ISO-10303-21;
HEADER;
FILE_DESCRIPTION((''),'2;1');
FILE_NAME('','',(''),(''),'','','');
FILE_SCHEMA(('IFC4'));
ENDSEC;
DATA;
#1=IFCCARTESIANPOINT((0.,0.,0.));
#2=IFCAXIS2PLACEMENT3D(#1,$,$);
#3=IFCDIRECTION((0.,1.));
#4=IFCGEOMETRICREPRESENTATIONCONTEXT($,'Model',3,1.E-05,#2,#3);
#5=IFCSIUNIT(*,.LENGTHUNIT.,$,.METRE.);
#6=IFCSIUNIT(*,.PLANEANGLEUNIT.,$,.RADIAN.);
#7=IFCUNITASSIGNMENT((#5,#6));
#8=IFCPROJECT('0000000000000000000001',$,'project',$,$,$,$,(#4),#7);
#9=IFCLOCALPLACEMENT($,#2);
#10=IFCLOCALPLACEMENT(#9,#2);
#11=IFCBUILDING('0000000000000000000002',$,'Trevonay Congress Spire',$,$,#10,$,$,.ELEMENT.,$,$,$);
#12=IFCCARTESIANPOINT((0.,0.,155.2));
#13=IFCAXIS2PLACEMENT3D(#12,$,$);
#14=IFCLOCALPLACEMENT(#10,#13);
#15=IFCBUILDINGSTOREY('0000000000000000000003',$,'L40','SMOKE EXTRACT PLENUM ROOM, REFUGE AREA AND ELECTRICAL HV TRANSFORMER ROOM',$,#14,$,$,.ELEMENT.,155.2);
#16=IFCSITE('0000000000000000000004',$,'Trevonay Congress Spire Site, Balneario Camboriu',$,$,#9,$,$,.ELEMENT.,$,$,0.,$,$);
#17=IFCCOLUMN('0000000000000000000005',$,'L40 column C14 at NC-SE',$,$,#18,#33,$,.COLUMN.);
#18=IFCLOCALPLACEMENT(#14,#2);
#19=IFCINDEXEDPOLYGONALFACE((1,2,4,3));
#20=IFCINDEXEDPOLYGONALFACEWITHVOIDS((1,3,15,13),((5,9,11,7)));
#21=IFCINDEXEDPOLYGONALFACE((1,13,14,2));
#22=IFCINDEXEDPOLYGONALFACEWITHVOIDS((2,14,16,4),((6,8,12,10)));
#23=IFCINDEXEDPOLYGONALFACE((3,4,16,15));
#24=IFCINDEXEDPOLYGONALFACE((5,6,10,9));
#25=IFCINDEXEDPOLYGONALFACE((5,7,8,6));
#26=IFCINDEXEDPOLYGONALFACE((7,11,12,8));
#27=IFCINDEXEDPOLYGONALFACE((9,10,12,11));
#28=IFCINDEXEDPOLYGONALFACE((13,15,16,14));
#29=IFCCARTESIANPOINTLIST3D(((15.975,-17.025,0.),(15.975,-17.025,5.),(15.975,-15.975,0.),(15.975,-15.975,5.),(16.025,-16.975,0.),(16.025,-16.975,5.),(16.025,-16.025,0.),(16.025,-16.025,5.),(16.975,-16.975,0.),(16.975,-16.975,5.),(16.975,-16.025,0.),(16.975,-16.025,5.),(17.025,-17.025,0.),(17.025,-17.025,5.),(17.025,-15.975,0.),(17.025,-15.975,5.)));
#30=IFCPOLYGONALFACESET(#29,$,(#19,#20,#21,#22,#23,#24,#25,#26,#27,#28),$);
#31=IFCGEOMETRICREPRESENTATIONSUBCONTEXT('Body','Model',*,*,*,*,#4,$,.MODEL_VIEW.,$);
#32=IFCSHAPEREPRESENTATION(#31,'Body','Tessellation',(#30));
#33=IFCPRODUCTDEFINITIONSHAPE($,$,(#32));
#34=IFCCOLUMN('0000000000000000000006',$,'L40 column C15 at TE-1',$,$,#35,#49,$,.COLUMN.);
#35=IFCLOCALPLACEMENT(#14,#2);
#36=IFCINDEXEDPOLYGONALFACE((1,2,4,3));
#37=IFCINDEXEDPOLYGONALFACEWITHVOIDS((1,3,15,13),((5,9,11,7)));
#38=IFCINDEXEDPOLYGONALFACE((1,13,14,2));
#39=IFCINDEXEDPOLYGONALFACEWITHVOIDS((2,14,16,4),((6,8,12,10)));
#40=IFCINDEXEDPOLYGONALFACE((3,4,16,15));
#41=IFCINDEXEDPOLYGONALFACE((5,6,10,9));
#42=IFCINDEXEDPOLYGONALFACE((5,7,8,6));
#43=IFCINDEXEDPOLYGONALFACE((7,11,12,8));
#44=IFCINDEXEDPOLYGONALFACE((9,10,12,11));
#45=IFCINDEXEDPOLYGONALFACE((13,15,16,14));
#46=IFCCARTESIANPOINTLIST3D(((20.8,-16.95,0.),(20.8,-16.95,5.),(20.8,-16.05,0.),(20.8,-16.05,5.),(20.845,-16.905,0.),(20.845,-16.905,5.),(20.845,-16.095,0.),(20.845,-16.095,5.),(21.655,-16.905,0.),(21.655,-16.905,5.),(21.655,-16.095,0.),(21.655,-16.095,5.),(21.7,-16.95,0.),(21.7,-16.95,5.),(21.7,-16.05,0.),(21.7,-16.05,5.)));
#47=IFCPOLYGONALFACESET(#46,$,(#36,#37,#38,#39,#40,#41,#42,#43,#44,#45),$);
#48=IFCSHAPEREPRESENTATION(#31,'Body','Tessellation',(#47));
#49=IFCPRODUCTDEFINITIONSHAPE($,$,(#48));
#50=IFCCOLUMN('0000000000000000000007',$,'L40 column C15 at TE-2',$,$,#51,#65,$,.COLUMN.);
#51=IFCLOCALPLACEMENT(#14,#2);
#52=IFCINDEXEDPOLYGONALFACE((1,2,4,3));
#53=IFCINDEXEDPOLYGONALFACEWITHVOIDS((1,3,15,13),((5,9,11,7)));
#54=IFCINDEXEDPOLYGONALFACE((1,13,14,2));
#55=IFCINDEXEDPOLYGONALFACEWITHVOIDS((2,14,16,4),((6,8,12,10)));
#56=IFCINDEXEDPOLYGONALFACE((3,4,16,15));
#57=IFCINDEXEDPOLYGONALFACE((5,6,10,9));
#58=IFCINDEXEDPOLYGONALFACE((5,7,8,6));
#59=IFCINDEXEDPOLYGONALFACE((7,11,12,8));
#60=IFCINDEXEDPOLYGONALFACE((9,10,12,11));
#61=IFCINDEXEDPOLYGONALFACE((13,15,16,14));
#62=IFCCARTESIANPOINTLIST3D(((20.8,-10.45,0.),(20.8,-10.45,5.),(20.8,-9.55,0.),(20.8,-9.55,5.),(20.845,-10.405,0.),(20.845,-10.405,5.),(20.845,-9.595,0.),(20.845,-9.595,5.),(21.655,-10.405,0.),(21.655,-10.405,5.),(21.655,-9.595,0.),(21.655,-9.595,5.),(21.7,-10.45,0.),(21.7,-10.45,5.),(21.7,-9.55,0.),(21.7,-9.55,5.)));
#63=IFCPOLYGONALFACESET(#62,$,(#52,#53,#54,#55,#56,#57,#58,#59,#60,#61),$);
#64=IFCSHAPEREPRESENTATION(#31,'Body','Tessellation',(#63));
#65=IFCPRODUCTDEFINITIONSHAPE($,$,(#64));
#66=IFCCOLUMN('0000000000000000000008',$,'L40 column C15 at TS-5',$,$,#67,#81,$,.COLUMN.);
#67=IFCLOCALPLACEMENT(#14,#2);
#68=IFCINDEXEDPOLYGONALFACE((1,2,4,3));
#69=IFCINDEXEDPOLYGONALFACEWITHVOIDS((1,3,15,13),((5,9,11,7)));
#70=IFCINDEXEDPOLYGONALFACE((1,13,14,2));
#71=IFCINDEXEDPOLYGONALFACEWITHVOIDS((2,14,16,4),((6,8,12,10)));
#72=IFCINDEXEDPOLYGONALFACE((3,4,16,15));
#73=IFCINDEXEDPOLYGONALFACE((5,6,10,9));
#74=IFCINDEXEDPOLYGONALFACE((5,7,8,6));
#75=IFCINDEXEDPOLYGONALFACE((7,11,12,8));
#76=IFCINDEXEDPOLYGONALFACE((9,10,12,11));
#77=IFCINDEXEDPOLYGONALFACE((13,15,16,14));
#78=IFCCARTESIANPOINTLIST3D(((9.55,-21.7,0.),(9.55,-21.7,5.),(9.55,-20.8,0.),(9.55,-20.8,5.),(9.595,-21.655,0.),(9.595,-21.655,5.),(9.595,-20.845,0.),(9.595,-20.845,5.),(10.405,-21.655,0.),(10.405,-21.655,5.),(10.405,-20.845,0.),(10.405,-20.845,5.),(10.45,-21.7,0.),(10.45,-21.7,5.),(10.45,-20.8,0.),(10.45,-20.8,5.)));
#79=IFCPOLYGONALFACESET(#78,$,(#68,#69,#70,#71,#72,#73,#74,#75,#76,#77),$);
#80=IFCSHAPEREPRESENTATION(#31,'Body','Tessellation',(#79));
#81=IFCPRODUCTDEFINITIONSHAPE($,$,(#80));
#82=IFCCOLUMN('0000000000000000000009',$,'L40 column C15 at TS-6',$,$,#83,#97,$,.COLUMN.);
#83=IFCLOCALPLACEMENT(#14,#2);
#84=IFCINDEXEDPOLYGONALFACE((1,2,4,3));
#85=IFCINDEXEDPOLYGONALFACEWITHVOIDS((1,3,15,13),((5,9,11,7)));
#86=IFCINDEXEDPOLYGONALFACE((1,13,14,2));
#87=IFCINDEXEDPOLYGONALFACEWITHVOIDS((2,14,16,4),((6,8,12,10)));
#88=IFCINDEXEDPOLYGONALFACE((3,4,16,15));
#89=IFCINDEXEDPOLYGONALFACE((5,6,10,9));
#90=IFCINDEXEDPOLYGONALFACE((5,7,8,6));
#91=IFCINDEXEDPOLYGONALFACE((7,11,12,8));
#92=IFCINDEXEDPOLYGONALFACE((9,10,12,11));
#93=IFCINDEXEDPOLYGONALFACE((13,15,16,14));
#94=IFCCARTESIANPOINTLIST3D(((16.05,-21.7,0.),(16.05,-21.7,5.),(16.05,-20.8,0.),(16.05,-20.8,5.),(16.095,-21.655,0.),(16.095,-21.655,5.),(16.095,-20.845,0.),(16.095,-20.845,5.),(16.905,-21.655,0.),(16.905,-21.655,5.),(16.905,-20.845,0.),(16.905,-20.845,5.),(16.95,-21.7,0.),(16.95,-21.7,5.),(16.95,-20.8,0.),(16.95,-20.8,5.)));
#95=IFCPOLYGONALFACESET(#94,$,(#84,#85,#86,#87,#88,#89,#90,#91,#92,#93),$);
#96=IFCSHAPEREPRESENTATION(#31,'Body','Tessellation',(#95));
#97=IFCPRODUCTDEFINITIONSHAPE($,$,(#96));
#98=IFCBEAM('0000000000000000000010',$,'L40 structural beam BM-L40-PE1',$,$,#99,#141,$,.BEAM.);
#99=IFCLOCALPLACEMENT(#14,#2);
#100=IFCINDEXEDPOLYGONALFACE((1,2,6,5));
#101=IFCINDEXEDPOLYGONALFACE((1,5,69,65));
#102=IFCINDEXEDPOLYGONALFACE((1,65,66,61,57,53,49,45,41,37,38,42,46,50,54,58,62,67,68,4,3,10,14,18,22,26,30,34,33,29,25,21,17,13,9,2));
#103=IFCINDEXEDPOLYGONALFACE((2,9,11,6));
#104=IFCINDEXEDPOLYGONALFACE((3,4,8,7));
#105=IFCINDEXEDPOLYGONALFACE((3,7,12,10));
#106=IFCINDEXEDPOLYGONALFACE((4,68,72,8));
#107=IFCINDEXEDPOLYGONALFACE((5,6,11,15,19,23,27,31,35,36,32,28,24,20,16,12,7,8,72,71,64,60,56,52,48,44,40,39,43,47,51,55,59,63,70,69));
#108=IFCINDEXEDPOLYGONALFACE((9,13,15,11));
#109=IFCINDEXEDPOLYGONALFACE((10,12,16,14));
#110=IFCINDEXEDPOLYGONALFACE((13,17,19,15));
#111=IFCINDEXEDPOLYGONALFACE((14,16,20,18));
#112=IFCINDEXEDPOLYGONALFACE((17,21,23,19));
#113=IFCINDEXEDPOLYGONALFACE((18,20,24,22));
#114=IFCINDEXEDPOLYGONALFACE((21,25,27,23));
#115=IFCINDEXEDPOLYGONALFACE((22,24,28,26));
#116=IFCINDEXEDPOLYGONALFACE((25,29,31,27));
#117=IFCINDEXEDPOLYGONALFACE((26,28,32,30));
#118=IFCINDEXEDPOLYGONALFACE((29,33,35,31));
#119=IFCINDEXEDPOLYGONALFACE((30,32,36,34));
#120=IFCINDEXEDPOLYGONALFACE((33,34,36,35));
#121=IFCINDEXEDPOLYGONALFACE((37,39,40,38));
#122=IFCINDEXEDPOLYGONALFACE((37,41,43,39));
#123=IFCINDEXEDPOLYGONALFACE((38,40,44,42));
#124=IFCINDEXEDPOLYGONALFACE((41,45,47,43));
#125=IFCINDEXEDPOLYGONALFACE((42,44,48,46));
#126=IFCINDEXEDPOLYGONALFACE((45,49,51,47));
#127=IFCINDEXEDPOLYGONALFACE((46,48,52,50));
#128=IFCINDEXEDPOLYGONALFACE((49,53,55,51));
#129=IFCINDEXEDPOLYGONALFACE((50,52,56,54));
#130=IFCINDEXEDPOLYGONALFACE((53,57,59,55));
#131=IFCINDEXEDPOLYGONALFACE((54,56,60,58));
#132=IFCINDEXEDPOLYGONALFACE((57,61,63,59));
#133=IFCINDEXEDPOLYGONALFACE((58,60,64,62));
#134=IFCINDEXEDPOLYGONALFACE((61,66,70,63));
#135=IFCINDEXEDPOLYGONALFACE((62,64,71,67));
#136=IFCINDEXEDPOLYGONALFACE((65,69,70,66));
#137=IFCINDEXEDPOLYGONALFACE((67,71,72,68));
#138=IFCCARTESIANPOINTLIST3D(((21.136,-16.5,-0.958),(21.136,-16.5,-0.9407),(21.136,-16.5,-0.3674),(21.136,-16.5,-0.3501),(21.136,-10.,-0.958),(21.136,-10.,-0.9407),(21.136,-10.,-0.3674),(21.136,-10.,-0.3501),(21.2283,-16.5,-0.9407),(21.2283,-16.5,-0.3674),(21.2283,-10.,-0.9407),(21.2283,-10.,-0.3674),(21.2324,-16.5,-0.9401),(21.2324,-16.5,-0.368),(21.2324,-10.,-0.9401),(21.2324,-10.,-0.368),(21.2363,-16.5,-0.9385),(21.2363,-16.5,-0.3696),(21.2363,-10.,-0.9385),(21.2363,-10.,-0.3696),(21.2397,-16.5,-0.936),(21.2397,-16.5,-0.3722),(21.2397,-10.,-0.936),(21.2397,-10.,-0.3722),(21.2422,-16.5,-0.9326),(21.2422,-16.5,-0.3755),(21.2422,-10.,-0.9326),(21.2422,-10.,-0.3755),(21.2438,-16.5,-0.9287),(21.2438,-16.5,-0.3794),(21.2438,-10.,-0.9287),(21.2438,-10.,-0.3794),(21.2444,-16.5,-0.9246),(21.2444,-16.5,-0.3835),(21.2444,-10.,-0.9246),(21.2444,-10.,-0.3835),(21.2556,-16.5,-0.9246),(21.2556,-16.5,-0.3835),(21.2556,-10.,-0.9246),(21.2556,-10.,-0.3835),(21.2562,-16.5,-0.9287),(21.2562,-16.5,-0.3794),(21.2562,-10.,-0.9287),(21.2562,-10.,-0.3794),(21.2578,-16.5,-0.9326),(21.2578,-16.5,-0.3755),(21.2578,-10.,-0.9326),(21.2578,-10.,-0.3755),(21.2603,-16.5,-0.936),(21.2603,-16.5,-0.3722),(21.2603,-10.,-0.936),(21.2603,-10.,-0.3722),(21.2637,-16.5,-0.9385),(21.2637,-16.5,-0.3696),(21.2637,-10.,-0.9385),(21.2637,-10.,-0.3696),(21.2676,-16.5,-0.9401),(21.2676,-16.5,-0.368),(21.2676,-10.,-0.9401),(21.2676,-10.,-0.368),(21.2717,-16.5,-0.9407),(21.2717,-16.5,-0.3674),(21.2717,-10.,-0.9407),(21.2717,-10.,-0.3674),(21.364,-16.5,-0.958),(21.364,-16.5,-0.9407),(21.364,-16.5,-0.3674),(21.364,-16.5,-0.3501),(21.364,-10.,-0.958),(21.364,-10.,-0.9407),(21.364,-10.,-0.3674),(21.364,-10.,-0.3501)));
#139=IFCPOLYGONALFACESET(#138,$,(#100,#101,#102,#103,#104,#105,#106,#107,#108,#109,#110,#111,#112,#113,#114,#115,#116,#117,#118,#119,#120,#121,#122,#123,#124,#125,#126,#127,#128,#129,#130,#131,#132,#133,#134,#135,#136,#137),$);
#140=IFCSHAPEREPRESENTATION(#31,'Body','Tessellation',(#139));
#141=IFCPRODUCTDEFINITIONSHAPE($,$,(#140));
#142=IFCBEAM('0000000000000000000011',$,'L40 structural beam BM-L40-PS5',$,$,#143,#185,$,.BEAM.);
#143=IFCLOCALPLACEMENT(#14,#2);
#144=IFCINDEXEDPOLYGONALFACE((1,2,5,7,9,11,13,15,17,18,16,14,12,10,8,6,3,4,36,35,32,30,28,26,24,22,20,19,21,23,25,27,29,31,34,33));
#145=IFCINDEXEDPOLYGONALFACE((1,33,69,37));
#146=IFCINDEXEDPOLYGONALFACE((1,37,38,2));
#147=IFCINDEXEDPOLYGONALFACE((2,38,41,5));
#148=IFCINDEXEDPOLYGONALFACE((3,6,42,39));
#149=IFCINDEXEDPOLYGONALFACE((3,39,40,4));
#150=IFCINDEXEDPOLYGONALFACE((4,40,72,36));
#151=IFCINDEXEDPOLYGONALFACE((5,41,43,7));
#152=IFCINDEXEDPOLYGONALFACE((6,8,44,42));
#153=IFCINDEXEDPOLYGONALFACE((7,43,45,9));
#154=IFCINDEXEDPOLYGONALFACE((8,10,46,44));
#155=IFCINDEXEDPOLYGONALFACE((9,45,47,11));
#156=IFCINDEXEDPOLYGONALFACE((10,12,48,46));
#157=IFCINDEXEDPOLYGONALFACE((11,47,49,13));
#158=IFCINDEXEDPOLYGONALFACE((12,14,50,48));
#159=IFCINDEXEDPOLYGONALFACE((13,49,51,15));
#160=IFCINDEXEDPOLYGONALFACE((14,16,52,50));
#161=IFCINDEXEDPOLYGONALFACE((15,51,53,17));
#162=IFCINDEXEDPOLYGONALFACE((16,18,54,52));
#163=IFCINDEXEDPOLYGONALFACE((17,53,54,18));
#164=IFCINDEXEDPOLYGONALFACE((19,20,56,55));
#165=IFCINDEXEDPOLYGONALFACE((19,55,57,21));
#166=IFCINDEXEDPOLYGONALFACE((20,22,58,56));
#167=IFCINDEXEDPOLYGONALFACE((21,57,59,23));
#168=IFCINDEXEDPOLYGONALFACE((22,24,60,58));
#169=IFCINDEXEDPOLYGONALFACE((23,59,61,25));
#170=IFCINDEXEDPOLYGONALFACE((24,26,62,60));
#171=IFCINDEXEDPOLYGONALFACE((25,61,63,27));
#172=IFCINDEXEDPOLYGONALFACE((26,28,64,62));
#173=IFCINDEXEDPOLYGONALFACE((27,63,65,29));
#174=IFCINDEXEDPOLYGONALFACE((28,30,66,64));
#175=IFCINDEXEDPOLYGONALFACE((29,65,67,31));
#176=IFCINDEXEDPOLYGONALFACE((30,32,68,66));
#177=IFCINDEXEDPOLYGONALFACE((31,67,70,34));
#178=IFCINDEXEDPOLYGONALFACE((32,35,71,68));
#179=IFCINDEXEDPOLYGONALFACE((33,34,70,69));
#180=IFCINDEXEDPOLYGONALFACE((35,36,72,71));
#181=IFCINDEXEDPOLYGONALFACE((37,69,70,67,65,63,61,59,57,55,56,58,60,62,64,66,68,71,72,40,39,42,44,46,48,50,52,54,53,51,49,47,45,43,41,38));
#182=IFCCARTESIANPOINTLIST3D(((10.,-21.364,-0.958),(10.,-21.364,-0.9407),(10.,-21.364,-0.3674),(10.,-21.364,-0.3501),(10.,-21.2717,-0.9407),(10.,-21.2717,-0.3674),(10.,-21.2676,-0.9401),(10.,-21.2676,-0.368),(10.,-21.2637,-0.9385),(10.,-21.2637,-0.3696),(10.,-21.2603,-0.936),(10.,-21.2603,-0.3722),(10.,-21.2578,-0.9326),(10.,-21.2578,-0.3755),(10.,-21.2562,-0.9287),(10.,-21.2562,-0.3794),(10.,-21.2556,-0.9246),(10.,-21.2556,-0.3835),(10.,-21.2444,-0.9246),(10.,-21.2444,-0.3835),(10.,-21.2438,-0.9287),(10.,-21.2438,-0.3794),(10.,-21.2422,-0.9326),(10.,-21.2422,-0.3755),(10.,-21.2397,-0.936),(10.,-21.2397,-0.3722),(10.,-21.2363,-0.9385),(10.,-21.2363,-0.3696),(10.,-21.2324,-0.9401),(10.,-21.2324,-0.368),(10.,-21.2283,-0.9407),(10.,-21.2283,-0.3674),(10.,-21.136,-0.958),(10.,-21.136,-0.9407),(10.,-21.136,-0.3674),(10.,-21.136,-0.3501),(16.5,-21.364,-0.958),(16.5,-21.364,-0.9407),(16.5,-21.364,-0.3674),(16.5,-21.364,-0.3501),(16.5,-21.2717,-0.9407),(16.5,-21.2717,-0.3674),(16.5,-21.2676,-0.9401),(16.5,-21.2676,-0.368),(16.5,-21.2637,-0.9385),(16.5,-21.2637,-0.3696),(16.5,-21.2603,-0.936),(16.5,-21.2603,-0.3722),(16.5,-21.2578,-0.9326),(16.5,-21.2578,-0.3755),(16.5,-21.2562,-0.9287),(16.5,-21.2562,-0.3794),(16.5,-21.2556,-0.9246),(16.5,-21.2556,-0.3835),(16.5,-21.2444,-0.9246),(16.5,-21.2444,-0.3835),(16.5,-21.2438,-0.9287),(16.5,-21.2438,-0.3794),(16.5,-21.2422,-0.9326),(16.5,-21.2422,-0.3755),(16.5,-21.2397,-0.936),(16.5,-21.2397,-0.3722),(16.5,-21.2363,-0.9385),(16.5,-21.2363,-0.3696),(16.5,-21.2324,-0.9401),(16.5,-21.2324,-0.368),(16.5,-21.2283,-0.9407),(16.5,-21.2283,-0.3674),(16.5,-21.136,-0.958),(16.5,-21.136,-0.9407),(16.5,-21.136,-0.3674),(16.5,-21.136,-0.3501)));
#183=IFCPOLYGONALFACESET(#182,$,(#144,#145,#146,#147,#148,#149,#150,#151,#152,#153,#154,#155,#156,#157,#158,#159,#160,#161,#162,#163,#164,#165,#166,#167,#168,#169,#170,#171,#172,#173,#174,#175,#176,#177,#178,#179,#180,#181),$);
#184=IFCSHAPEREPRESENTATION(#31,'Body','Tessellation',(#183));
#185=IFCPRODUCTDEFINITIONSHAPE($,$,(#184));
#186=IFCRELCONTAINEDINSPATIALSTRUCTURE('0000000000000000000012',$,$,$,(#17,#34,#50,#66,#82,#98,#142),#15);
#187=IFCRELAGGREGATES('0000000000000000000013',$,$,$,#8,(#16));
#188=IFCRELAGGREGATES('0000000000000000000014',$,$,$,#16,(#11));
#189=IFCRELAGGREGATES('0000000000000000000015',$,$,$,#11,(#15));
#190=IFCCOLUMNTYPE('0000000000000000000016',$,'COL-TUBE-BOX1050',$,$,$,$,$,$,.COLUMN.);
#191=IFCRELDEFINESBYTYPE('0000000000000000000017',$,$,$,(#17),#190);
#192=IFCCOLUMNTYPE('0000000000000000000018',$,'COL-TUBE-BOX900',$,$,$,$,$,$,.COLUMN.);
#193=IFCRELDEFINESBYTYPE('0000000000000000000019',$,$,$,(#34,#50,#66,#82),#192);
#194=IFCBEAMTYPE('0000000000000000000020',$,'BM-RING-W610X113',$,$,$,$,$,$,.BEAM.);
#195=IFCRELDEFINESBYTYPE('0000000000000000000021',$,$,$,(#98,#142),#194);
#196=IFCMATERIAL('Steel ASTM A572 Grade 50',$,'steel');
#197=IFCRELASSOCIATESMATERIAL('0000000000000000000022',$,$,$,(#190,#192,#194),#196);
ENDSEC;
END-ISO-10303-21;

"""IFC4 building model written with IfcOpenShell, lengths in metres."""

from ifc_helpers import new_model, si_unit, direction, frame, origin, origin_2d, place, context, subcontext, project, spatial, hollow_rectangle, i_section, extrude, material, material_profile, profile_set, type_object, element, save


model = new_model("IFC4")

# Units and contexts
model_context = context("Model", 3, precision=1e-05, world=origin(), true_north=direction((0.0, 1.0)))
body_context = subcontext(model_context, "Body", "Model", "MODEL_VIEW")
ifc_project = project(units=[si_unit("LENGTHUNIT", "METRE"), si_unit("PLANEANGLEUNIT", "RADIAN")], contexts=[model_context])

# Site, building, storey
site_placement = place(None, origin())
site = spatial("IfcSite", under=ifc_project, at=site_placement, Name="Trevonay Congress Spire Site, Balneario Camboriu", CompositionType="ELEMENT", RefElevation=0.0)
building_placement = place(site_placement, origin())
building = spatial("IfcBuilding", under=site, at=building_placement, Name="Trevonay Congress Spire", CompositionType="ELEMENT")
storey_placement = place(building_placement, frame((0.0, 0.0, 155.2)))
storey = spatial("IfcBuildingStorey", under=building, at=storey_placement, Name="L40", Description="SMOKE EXTRACT PLENUM ROOM, REFUGE AREA AND ELECTRICAL HV TRANSFORMER ROOM", CompositionType="ELEMENT", Elevation=155.2)

# Columns
ifc_material_1 = material(Name="Steel ASTM A572 Grade 50", Category="steel")
ifc_material_profile_1 = material_profile(ifc_material_1, hollow_rectangle(XDim=1.05, YDim=1.05, WallThickness=0.05, at=origin_2d()), Name="BOX 1050x1050x50")
ifc_profile_set_1 = profile_set([ifc_material_profile_1], Name="Steel ASTM A572 Grade 50")
column_type_1 = type_object("IfcColumnType", Name="COL-TUBE-BOX1050", PredefinedType="COLUMN", material=ifc_profile_set_1)
column_placement = place(storey_placement, frame((16.5, -16.5, 0.0), z_axis=(0.0, 0.0, 1.0), x_axis=(1.0, 0.0, 0.0)))
element("IfcColumn", 1, at=column_placement, inside=storey, type_object=column_type_1, Name="L40 column C14 at NC-SE", PredefinedType="COLUMN", context=body_context, shape_type="SweptSolid", body=[
    extrude(hollow_rectangle(XDim=1.05, YDim=1.05, WallThickness=0.05, at=origin_2d()), origin(), (0.0, 0.0, 1.0), 5.0),
])
ifc_material_profile_2 = material_profile(ifc_material_1, hollow_rectangle(XDim=0.8999, YDim=0.8999, WallThickness=0.0449, at=origin_2d()), Name="BOX 900x900x45")
ifc_profile_set_2 = profile_set([ifc_material_profile_2], Name="Steel ASTM A572 Grade 50")
column_type_2 = type_object("IfcColumnType", Name="COL-TUBE-BOX900", PredefinedType="COLUMN", material=ifc_profile_set_2)
for number, where, z_axis, x_axis, name in (
    (2, (21.25, -16.5, 0.0), (0.0, 0.0, 1.0), (1.0, 0.0, 0.0), "L40 column C15 at TE-1"),
    (3, (21.25, -10.0, 0.0), (0.0, 0.0, 1.0), (1.0, 0.0, 0.0), "L40 column C15 at TE-2"),
    (4, (10.0, -21.25, 0.0), (0.0, 0.0, 1.0), (1.0, 0.0, 0.0), "L40 column C15 at TS-5"),
    (5, (16.5, -21.25, 0.0), (0.0, 0.0, 1.0), (1.0, 0.0, 0.0), "L40 column C15 at TS-6"),
):
    element("IfcColumn", number, at=place(storey_placement, frame(where, z_axis=z_axis, x_axis=x_axis)), inside=storey, type_object=column_type_2, Name=name, PredefinedType="COLUMN", context=body_context, shape_type="SweptSolid", body=[
        extrude(hollow_rectangle(XDim=0.8999, YDim=0.8999, WallThickness=0.0449, at=origin_2d()), origin(), (0.0, 0.0, 1.0), 5.0),
    ])

# Beams
ifc_material_profile_3 = material_profile(ifc_material_1, i_section(OverallWidth=0.228, OverallDepth=0.6079, WebThickness=0.0112, FlangeThickness=0.0173, FilletRadius=0.0161, at=origin_2d()), Name="W610x113")
ifc_profile_set_3 = profile_set([ifc_material_profile_3], Name="Steel ASTM A572 Grade 50")
beam_type = type_object("IfcBeamType", Name="BM-RING-W610X113", PredefinedType="BEAM", material=ifc_profile_set_3)
for number, where, z_axis, x_axis, name in (
    (6, (21.25, -16.5, -0.6541), (0.0, 1.0, 0.0), (-1.0, 0.0, 0.0), "L40 structural beam BM-L40-PE1"),
    (7, (10.0, -21.25, -0.6541), (1.0, 0.0, 0.0), (0.0, 1.0, 0.0), "L40 structural beam BM-L40-PS5"),
):
    element("IfcBeam", number, at=place(storey_placement, frame(where, z_axis=z_axis, x_axis=x_axis)), inside=storey, type_object=beam_type, Name=name, PredefinedType="BEAM", context=body_context, shape_type="SweptSolid", body=[
        extrude(i_section(OverallWidth=0.228, OverallDepth=0.6079, WebThickness=0.0112, FlangeThickness=0.0173, FilletRadius=0.0161, at=origin_2d()), origin(), (0.0, 0.0, 1.0), 6.5),
    ])

save(model, "model.ifc")
